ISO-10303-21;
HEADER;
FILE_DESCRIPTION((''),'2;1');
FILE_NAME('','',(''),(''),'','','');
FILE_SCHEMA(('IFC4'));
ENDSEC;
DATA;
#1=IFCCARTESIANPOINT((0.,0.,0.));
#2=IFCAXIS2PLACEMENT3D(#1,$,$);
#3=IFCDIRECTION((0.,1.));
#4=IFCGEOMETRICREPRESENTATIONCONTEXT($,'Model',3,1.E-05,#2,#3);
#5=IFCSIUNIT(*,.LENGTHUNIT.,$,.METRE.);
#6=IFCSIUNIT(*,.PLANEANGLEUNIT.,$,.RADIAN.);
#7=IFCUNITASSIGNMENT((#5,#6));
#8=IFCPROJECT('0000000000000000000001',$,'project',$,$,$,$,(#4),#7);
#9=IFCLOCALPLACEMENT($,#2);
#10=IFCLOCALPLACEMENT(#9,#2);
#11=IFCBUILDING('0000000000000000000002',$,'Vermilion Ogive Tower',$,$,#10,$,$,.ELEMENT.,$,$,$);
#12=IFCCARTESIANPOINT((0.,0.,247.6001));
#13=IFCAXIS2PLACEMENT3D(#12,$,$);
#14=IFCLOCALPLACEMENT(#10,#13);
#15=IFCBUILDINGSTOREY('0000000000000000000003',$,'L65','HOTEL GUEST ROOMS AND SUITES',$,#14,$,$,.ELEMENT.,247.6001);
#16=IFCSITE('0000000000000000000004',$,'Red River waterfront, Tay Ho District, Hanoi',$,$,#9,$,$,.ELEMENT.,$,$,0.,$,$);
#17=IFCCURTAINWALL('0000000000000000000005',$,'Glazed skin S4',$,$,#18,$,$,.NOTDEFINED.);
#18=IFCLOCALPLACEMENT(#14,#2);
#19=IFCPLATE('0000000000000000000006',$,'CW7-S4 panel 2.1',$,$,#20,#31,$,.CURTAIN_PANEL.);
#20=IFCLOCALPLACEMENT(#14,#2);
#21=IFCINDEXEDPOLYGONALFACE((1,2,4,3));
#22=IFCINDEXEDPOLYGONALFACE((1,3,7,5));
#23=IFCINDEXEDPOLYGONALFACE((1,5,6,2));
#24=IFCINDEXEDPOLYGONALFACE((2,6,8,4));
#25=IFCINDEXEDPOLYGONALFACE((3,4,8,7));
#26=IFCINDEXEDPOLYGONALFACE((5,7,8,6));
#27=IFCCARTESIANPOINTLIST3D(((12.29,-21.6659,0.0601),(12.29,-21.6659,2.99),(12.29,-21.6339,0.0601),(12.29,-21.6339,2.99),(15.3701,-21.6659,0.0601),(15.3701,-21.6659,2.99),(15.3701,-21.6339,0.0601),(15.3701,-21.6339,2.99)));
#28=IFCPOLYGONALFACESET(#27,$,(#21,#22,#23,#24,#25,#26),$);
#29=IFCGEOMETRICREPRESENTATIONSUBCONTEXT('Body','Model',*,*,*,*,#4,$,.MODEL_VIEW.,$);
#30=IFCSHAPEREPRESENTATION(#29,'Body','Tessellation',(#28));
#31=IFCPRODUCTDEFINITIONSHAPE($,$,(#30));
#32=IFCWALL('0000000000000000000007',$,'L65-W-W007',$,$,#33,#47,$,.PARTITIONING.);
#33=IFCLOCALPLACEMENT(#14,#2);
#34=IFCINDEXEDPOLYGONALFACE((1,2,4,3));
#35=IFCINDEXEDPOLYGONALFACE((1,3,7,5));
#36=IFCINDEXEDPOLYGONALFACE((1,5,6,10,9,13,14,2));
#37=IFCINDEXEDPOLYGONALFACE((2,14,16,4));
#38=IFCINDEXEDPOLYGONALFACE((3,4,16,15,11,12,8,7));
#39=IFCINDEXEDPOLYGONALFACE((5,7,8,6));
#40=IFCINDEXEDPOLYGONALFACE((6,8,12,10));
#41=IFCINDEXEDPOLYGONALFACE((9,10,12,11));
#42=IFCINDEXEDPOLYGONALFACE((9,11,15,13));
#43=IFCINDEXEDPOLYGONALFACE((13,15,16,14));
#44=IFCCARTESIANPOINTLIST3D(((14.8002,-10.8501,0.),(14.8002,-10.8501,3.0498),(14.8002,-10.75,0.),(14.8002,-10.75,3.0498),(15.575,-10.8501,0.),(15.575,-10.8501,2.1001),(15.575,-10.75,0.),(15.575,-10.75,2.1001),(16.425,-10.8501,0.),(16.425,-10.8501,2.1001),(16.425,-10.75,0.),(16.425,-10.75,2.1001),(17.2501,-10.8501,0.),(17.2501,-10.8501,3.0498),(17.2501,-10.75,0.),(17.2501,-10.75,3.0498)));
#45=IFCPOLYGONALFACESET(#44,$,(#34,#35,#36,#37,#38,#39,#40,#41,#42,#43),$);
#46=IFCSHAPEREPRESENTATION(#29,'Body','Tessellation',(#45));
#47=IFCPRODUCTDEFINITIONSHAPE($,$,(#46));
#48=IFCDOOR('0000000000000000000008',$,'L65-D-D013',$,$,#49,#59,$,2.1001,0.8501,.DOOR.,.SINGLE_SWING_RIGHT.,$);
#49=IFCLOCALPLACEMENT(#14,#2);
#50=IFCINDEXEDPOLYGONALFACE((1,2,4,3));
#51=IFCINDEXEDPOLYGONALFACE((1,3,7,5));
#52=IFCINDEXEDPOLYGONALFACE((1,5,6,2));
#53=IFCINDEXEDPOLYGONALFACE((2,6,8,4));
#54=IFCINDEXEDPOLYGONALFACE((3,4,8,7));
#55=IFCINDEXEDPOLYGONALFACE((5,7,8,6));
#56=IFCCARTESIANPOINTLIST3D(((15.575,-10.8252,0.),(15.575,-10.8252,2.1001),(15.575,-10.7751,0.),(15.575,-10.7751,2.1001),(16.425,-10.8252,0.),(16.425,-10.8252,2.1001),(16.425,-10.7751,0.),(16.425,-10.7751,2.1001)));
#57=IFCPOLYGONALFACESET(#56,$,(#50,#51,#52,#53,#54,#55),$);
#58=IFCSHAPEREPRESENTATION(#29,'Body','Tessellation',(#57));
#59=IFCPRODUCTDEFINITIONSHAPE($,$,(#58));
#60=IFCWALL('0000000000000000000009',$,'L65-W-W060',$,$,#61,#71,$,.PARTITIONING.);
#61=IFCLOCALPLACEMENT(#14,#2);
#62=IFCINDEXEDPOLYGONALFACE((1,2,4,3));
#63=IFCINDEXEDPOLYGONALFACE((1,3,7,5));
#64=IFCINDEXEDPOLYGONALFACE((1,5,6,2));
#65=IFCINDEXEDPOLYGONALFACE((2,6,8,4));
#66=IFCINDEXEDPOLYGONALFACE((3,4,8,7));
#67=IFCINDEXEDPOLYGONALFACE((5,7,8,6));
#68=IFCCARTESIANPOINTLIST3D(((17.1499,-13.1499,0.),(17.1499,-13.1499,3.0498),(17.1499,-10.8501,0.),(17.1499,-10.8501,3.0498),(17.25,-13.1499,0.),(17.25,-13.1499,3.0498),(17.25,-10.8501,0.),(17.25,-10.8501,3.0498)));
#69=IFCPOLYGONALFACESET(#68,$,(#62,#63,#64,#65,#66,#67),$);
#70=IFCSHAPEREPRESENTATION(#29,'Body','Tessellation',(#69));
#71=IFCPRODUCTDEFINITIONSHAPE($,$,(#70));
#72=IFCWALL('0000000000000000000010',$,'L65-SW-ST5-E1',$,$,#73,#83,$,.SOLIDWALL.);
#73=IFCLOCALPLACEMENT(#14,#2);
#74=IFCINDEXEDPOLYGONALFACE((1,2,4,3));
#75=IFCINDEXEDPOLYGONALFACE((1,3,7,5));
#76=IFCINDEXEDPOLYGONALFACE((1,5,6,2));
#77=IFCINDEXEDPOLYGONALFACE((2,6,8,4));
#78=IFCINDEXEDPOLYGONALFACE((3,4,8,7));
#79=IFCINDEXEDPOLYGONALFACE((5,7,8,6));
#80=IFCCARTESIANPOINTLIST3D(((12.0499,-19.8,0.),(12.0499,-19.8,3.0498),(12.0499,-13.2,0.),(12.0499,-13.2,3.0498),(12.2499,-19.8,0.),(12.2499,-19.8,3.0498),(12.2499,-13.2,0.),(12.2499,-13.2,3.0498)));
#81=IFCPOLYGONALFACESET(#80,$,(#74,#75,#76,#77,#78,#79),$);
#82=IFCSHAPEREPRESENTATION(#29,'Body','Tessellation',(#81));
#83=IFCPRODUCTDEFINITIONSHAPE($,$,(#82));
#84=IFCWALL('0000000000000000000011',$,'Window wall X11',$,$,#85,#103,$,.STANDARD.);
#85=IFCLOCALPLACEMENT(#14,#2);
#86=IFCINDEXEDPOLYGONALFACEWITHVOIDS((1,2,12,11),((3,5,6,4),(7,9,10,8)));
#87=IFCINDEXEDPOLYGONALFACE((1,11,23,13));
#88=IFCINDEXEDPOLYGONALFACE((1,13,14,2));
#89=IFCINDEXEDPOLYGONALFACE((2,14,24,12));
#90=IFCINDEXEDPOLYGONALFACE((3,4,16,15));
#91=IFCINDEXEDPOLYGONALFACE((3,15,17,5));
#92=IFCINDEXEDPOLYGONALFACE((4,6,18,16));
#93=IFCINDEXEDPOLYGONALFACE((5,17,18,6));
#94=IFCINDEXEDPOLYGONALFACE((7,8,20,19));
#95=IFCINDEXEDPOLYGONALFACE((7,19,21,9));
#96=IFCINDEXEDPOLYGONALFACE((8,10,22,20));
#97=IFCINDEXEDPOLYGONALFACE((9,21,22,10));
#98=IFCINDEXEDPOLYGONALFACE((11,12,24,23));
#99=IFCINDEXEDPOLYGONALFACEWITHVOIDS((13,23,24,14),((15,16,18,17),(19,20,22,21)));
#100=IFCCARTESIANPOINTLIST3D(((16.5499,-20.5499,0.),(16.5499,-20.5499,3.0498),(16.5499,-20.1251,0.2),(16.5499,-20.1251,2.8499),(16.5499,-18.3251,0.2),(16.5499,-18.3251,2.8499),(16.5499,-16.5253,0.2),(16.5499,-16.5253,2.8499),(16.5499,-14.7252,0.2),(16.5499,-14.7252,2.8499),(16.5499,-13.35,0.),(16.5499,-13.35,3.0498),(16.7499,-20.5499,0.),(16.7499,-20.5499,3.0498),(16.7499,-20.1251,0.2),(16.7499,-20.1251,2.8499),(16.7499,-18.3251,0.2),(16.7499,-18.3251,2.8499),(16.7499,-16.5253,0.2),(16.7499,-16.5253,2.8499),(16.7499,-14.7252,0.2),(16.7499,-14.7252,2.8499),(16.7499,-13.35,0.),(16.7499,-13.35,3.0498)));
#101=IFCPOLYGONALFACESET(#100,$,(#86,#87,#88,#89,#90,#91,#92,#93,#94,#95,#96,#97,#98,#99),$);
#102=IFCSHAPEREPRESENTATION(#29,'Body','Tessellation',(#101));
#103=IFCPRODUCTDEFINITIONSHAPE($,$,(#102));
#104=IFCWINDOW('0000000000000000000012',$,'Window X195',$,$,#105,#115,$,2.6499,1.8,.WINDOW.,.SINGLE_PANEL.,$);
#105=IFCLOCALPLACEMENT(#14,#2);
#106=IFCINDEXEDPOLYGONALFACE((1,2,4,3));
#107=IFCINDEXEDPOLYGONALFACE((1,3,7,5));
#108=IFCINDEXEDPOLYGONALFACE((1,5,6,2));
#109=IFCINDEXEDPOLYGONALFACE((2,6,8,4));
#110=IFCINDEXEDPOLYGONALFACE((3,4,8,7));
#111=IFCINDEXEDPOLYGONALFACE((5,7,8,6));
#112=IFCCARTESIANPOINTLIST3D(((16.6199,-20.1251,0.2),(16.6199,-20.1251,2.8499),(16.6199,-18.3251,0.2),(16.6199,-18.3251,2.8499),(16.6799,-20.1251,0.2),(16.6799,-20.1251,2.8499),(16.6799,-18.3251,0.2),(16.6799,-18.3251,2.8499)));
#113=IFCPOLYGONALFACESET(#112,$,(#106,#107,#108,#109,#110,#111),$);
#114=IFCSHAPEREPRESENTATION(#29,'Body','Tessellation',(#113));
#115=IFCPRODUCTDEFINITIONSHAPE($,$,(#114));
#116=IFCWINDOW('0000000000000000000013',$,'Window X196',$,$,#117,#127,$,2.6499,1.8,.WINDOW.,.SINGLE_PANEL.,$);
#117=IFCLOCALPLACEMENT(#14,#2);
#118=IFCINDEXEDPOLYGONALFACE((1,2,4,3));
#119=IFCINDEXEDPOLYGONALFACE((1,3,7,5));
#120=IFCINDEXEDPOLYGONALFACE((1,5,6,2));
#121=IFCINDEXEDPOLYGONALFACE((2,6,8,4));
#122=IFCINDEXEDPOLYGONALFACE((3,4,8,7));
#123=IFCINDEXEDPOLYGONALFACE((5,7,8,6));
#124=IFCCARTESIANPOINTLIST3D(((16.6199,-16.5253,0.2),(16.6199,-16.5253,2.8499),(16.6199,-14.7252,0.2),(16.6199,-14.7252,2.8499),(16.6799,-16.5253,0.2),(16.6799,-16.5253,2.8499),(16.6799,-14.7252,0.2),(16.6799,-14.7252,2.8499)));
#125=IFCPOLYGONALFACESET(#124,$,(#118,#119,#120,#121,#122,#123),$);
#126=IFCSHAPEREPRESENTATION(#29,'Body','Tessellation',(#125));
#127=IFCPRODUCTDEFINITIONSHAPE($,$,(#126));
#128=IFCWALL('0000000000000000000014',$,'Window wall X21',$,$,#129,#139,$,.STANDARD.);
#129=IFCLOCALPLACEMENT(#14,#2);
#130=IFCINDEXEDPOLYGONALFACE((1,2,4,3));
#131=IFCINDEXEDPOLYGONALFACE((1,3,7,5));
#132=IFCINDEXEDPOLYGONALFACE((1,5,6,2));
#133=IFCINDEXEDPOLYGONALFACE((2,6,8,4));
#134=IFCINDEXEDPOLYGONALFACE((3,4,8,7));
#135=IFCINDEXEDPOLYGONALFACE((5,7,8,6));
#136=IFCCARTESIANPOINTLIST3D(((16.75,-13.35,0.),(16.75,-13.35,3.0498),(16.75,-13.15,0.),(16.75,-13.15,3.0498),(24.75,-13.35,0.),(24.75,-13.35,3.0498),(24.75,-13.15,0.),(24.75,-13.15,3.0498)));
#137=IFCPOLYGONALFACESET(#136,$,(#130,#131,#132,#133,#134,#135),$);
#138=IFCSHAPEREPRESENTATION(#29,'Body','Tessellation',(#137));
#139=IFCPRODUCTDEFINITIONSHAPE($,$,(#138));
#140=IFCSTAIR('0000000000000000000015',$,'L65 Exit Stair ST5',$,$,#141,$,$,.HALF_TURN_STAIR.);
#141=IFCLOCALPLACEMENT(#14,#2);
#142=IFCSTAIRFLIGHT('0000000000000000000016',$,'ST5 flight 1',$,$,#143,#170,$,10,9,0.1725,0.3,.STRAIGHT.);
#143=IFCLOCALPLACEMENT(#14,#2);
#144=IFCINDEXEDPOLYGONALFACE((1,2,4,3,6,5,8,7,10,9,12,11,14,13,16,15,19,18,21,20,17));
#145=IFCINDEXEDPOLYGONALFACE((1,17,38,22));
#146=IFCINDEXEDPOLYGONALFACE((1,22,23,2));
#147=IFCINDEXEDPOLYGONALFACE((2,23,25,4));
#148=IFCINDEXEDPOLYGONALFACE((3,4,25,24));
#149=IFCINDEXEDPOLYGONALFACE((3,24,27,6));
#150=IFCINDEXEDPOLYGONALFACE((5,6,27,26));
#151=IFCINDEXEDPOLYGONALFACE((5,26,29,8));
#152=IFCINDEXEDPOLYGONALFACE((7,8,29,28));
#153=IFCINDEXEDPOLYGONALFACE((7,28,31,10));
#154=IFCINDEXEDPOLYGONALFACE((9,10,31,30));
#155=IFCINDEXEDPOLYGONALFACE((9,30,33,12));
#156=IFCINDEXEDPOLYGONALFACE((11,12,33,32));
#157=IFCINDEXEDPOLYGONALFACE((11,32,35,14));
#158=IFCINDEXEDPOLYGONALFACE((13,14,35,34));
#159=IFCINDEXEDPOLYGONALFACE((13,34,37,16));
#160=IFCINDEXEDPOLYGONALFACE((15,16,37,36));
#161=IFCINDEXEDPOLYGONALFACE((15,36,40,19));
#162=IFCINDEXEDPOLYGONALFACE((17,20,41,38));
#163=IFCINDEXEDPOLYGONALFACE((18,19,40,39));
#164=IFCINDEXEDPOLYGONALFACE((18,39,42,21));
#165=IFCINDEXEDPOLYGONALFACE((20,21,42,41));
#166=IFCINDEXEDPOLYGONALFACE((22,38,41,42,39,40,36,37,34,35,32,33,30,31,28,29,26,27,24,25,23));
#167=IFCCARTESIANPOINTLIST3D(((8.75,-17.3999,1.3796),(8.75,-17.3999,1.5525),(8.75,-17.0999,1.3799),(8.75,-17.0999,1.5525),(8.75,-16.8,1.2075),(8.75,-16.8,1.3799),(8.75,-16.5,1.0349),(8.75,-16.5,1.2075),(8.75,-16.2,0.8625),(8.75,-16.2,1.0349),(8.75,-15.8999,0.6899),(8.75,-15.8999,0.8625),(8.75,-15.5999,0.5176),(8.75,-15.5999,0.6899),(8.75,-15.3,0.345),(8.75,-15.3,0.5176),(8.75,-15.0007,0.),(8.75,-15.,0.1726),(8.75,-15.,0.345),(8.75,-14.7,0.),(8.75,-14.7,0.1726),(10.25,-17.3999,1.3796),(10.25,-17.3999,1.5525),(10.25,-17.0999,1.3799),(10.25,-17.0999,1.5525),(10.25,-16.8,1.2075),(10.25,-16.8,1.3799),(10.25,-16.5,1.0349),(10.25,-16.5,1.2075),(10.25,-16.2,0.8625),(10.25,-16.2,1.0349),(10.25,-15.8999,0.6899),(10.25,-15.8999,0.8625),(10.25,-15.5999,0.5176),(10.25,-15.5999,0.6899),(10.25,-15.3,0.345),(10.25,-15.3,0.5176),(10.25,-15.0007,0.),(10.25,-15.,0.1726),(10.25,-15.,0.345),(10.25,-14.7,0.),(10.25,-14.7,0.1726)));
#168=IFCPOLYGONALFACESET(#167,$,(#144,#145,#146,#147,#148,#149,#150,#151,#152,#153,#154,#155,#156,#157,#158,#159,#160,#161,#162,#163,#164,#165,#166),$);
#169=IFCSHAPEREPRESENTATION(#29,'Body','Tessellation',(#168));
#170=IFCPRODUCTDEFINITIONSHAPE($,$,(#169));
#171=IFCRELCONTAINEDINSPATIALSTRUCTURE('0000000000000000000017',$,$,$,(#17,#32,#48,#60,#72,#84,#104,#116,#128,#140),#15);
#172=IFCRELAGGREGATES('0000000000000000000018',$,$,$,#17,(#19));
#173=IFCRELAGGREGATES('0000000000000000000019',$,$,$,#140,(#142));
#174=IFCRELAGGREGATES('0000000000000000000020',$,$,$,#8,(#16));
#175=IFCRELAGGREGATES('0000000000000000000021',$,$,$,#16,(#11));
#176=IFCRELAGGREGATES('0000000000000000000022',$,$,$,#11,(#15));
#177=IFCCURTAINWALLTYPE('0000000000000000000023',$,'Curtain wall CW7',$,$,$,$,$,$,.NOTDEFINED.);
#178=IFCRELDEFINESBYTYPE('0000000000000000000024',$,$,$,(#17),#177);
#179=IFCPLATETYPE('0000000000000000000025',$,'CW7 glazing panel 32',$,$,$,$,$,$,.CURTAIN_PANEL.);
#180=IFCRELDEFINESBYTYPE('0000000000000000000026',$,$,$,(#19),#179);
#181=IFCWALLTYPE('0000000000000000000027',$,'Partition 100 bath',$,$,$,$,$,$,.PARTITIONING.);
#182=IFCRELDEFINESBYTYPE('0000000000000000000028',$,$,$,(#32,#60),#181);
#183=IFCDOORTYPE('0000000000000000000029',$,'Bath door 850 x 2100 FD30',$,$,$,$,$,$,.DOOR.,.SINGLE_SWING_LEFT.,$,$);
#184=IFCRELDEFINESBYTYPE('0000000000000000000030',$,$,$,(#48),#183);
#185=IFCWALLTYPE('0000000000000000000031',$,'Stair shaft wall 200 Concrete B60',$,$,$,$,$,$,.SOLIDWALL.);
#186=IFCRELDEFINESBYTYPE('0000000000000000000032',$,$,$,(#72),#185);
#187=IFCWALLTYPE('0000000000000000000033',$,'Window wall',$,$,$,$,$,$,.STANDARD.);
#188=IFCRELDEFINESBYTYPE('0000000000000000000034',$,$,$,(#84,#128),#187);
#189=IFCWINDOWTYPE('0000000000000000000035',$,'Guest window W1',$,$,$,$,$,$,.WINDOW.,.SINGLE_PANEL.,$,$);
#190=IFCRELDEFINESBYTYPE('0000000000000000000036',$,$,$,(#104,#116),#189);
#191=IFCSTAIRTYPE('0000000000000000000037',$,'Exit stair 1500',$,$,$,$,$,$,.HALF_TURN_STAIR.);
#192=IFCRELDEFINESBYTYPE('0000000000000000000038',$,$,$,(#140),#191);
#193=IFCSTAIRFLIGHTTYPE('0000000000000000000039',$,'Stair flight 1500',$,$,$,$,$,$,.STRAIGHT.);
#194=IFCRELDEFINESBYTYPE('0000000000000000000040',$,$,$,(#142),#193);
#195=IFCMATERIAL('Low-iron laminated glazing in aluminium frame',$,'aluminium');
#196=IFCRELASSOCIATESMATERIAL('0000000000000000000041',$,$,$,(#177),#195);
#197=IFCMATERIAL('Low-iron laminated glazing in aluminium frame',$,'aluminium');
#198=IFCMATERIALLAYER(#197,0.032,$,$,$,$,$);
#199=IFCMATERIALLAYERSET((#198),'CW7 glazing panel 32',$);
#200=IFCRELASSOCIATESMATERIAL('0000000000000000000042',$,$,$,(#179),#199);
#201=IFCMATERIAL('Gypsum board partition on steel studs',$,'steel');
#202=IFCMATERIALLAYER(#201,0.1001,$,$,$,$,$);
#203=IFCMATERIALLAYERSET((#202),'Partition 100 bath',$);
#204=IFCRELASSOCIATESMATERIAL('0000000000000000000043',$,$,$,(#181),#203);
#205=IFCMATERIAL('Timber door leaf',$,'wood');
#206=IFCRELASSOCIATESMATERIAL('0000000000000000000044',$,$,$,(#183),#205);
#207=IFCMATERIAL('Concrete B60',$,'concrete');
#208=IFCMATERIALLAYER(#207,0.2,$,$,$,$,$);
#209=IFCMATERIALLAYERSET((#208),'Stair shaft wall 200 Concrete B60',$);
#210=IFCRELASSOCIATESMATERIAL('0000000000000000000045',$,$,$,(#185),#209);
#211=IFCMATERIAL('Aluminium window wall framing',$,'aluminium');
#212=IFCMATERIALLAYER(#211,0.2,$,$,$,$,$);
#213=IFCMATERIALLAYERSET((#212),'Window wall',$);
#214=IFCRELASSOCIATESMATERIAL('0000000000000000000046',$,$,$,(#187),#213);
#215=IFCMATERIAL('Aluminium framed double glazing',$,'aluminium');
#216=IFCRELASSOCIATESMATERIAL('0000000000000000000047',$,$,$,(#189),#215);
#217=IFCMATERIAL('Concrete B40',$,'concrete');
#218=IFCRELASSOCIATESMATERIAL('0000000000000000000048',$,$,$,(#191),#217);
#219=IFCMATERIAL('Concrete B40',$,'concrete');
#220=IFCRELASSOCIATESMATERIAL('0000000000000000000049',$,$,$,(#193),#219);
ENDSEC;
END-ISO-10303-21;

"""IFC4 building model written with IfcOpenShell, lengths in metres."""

from ifc_helpers import new_model, si_unit, direction, frame, frame_2d, origin, origin_2d, place, context, subcontext, project, spatial, polyline, rectangle, outline, extrude, material, layer, layer_set, type_object, element, fill, aggregate, save


model = new_model("IFC4")

# Units and contexts
model_context = context("Model", 3, precision=1e-05, world=origin(), true_north=direction((0.0, 1.0)))
body_context = subcontext(model_context, "Body", "Model", "MODEL_VIEW")
ifc_project = project(units=[si_unit("LENGTHUNIT", "METRE"), si_unit("PLANEANGLEUNIT", "RADIAN")], contexts=[model_context])

# Site, building, storey
site_placement = place(None, origin())
site = spatial("IfcSite", under=ifc_project, at=site_placement, Name="Red River waterfront, Tay Ho District, Hanoi", CompositionType="ELEMENT", RefElevation=0.0)
building_placement = place(site_placement, origin())
building = spatial("IfcBuilding", under=site, at=building_placement, Name="Vermilion Ogive Tower", CompositionType="ELEMENT")
storey_placement = place(building_placement, frame((0.0, 0.0, 247.6001)))
storey = spatial("IfcBuildingStorey", under=building, at=storey_placement, Name="L65", Description="HOTEL GUEST ROOMS AND SUITES", CompositionType="ELEMENT", Elevation=247.6001)

# Curtain wall
ifc_material_1 = material(Name="Low-iron laminated glazing in aluminium frame", Category="aluminium")
curtain_wall_type = type_object("IfcCurtainWallType", Name="Curtain wall CW7", PredefinedType="NOTDEFINED", material=ifc_material_1)
curtain_wall_1_placement = place(storey_placement, origin())
curtain_wall_1 = element("IfcCurtainWall", 1, at=curtain_wall_1_placement, inside=storey, type_object=curtain_wall_type, Name="Glazed skin S4", PredefinedType="NOTDEFINED")

# Plate
ifc_material_2 = material(Name="Low-iron laminated glazing in aluminium frame", Category="aluminium")
ifc_layer_1 = layer(ifc_material_2, 0.032)
ifc_layer_set_1 = layer_set([ifc_layer_1], Name="CW7 glazing panel 32")
plate_type = type_object("IfcPlateType", Name="CW7 glazing panel 32", PredefinedType="CURTAIN_PANEL", material=ifc_layer_set_1)
plate_1_placement = place(storey_placement, frame((13.8301, -21.6499, 0.0601), z_axis=(0.0, 0.0, 1.0), x_axis=(1.0, 0.0, 0.0)))
plate_1 = element("IfcPlate", 2, at=plate_1_placement, type_object=plate_type, Name="CW7-S4 panel 2.1", PredefinedType="CURTAIN_PANEL", context=body_context, shape_type="SweptSolid", body=[
    extrude(rectangle(XDim=3.0801, YDim=0.032, at=origin_2d()), origin(), (0.0, 0.0, 1.0), 2.9299),
])
aggregate(curtain_wall_1, [plate_1])

# Wall, opening, door
ifc_material_3 = material(Name="Gypsum board partition on steel studs", Category="steel")
ifc_layer_2 = layer(ifc_material_3, 0.1001)
ifc_layer_set_2 = layer_set([ifc_layer_2], Name="Partition 100 bath")
wall_type_1 = type_object("IfcWallType", Name="Partition 100 bath", PredefinedType="PARTITIONING", material=ifc_layer_set_2)
wall_1_placement = place(storey_placement, frame((14.8, -10.8, 0.0), z_axis=(0.0, 0.0, 1.0), x_axis=(1.0, 0.0, 0.0)))
wall_1 = element("IfcWall", 3, at=wall_1_placement, inside=storey, type_object=wall_type_1, Name="L65-W-W007", PredefinedType="PARTITIONING", context=body_context, shape_type="SweptSolid", body=[
    extrude(rectangle(XDim=2.45, YDim=0.1001, at=frame_2d((1.2251, 0.0))), origin(), (0.0, 0.0, 1.0), 3.0498),
])
opening_1_placement = place(wall_1_placement, frame((0.7749, 0.0, 0.0)))
opening_1 = element("IfcOpeningElement", 4, at=opening_1_placement, cuts=wall_1, PredefinedType="OPENING", context=body_context, shape_type="SweptSolid", body=[
    extrude(rectangle(XDim=0.8501, YDim=2.1001, at=frame_2d((0.425, 1.05))), frame((0.0, 0.0601, 0.0), z_axis=(0.0, -1.0, 0.0), x_axis=(1.0, 0.0, 0.0)), (0.0, 0.0, 1.0), 0.1201),
])
ifc_material_4 = material(Name="Timber door leaf", Category="wood")
door_type = type_object("IfcDoorType", Name="Bath door 850 x 2100 FD30", OperationType="SINGLE_SWING_LEFT", PredefinedType="DOOR", material=ifc_material_4)
door_placement = place(opening_1_placement, origin())
door = element("IfcDoor", 5, at=door_placement, inside=storey, type_object=door_type, Name="L65-D-D013", OperationType="SINGLE_SWING_RIGHT", OverallHeight=2.1001, OverallWidth=0.8501, PredefinedType="DOOR", context=body_context, shape_type="SweptSolid", body=[
    extrude(rectangle(XDim=0.8501, YDim=2.1001, at=frame_2d((0.425, 1.05))), frame((0.0, 0.0249, 0.0), z_axis=(0.0, -1.0, 0.0), x_axis=(1.0, 0.0, 0.0)), (0.0, 0.0, 1.0), 0.05),
])
fill(opening_1, door)

# Walls
wall_2_placement = place(storey_placement, frame((17.2, -13.1499, 0.0), z_axis=(0.0, 0.0, 1.0), x_axis=(0.0, 1.0, 0.0)))
element("IfcWall", 6, at=wall_2_placement, inside=storey, type_object=wall_type_1, Name="L65-W-W060", PredefinedType="PARTITIONING", context=body_context, shape_type="SweptSolid", body=[
    extrude(rectangle(XDim=2.2998, YDim=0.1001, at=frame_2d((1.1499, 0.0))), origin(), (0.0, 0.0, 1.0), 3.0498),
])
ifc_material_5 = material(Name="Concrete B60", Category="concrete")
ifc_layer_3 = layer(ifc_material_5, 0.2)
ifc_layer_set_3 = layer_set([ifc_layer_3], Name="Stair shaft wall 200 Concrete B60")
wall_type_2 = type_object("IfcWallType", Name="Stair shaft wall 200 Concrete B60", PredefinedType="SOLIDWALL", material=ifc_layer_set_3)
wall_3_placement = place(storey_placement, frame((12.1499, -19.8, 0.0), z_axis=(0.0, 0.0, 1.0), x_axis=(0.0, 1.0, 0.0)))
element("IfcWall", 7, at=wall_3_placement, inside=storey, type_object=wall_type_2, Name="L65-SW-ST5-E1", PredefinedType="SOLIDWALL", context=body_context, shape_type="SweptSolid", body=[
    extrude(rectangle(XDim=6.6001, YDim=0.2, at=frame_2d((3.3, 0.0))), origin(), (0.0, 0.0, 1.0), 3.0498),
])

# Wall, openings, windows
ifc_material_6 = material(Name="Aluminium window wall framing", Category="aluminium")
ifc_layer_4 = layer(ifc_material_6, 0.2)
ifc_layer_set_4 = layer_set([ifc_layer_4], Name="Window wall")
wall_type_3 = type_object("IfcWallType", Name="Window wall", PredefinedType="STANDARD", material=ifc_layer_set_4)
wall_4_placement = place(storey_placement, frame((16.6499, -20.55, 0.0), z_axis=(0.0, 0.0, 1.0), x_axis=(0.0, 1.0, 0.0)))
wall_4 = element("IfcWall", 8, at=wall_4_placement, inside=storey, type_object=wall_type_3, Name="Window wall X11", PredefinedType="STANDARD", context=body_context, shape_type="SweptSolid", body=[
    extrude(rectangle(XDim=7.2, YDim=0.2, at=frame_2d((3.6001, 0.0))), origin(), (0.0, 0.0, 1.0), 3.0498),
])
opening_2_placement = place(wall_4_placement, frame((0.425, 0.0, 0.2)))
opening_2 = element("IfcOpeningElement", 9, at=opening_2_placement, cuts=wall_4, PredefinedType="OPENING", context=body_context, shape_type="SweptSolid", body=[
    extrude(rectangle(XDim=1.8, YDim=2.6499, at=frame_2d((0.8999, 1.325))), frame((0.0, 0.1099, 0.0), z_axis=(0.0, -1.0, 0.0), x_axis=(1.0, 0.0, 0.0)), (0.0, 0.0, 1.0), 0.22),
])
opening_3_placement = place(wall_4_placement, frame((4.0249, 0.0, 0.2)))
opening_3 = element("IfcOpeningElement", 10, at=opening_3_placement, cuts=wall_4, PredefinedType="OPENING", context=body_context, shape_type="SweptSolid", body=[
    extrude(rectangle(XDim=1.8, YDim=2.6499, at=frame_2d((0.8999, 1.325))), frame((0.0, 0.1099, 0.0), z_axis=(0.0, -1.0, 0.0), x_axis=(1.0, 0.0, 0.0)), (0.0, 0.0, 1.0), 0.22),
])
ifc_material_7 = material(Name="Aluminium framed double glazing", Category="aluminium")
window_type = type_object("IfcWindowType", Name="Guest window W1", PartitioningType="SINGLE_PANEL", PredefinedType="WINDOW", material=ifc_material_7)
window_1_placement = place(opening_2_placement, origin())
window_1 = element("IfcWindow", 11, at=window_1_placement, inside=storey, type_object=window_type, Name="Window X195", OverallHeight=2.6499, OverallWidth=1.8, PartitioningType="SINGLE_PANEL", PredefinedType="WINDOW", context=body_context, shape_type="SweptSolid", body=[
    extrude(rectangle(XDim=1.8, YDim=2.6499, at=frame_2d((0.8999, 1.325))), frame((0.0, 0.03, 0.0), z_axis=(0.0, -1.0, 0.0), x_axis=(1.0, 0.0, 0.0)), (0.0, 0.0, 1.0), 0.0601),
])
fill(opening_2, window_1)
window_2_placement = place(opening_3_placement, origin())
window_2 = element("IfcWindow", 12, at=window_2_placement, inside=storey, type_object=window_type, Name="Window X196", OverallHeight=2.6499, OverallWidth=1.8, PartitioningType="SINGLE_PANEL", PredefinedType="WINDOW", context=body_context, shape_type="SweptSolid", body=[
    extrude(rectangle(XDim=1.8, YDim=2.6499, at=frame_2d((0.8999, 1.325))), frame((0.0, 0.03, 0.0), z_axis=(0.0, -1.0, 0.0), x_axis=(1.0, 0.0, 0.0)), (0.0, 0.0, 1.0), 0.0601),
])
fill(opening_3, window_2)

# Wall
wall_5_placement = place(storey_placement, frame((16.75, -13.25, 0.0), z_axis=(0.0, 0.0, 1.0), x_axis=(1.0, 0.0, 0.0)))
element("IfcWall", 13, at=wall_5_placement, inside=storey, type_object=wall_type_3, Name="Window wall X21", PredefinedType="STANDARD", context=body_context, shape_type="SweptSolid", body=[
    extrude(rectangle(XDim=8.0, YDim=0.2, at=frame_2d((4.0, 0.0))), origin(), (0.0, 0.0, 1.0), 3.0498),
])

# Stair, stair flight
ifc_material_8 = material(Name="Concrete B40", Category="concrete")
stair_type = type_object("IfcStairType", Name="Exit stair 1500", PredefinedType="HALF_TURN_STAIR", material=ifc_material_8)
stair_placement = place(storey_placement, origin())
stair = element("IfcStair", 14, at=stair_placement, inside=storey, type_object=stair_type, Name="L65 Exit Stair ST5", PredefinedType="HALF_TURN_STAIR")
ifc_material_9 = material(Name="Concrete B40", Category="concrete")
stair_flight_type = type_object("IfcStairFlightType", Name="Stair flight 1500", PredefinedType="STRAIGHT", material=ifc_material_9)
stair_flight_1_placement = place(storey_placement, frame((9.5, -14.7, 0.0), z_axis=(0.0, 0.0, 1.0), x_axis=(0.0, -1.0, 0.0)))
stair_flight_1 = element("IfcStairFlight", 15, at=stair_flight_1_placement, type_object=stair_flight_type, Name="ST5 flight 1", NumberOfRisers=10, NumberOfTreads=9, PredefinedType="STRAIGHT", RiserHeight=0.1725, TreadLength=0.3, context=body_context, shape_type="SweptSolid", body=[
    extrude(outline(polyline([(0.0, 0.0), (0.0, 0.1726), (0.3, 0.1726), (0.3, 0.345), (0.6001, 0.345), (0.6001, 0.5176), (0.8999, 0.5176), (0.8999, 0.6899), (1.2, 0.6899), (1.2, 0.8625), (1.5, 0.8625), (1.5, 1.0349), (1.8, 1.0349), (1.8, 1.2075), (2.1001, 1.2075), (2.1001, 1.3799), (2.3999, 1.3799), (2.3999, 1.5525), (2.7, 1.5525), (2.7, 1.7251), (2.7, 1.3796), (0.3008, 0.0), (0.0, 0.0)])), frame((0.0, 0.75, 0.0), z_axis=(0.0, -1.0, 0.0), x_axis=(1.0, 0.0, 0.0)), (0.0, 0.0, 1.0), 1.5),
])
aggregate(stair, [stair_flight_1])

save(model, "model.ifc")
